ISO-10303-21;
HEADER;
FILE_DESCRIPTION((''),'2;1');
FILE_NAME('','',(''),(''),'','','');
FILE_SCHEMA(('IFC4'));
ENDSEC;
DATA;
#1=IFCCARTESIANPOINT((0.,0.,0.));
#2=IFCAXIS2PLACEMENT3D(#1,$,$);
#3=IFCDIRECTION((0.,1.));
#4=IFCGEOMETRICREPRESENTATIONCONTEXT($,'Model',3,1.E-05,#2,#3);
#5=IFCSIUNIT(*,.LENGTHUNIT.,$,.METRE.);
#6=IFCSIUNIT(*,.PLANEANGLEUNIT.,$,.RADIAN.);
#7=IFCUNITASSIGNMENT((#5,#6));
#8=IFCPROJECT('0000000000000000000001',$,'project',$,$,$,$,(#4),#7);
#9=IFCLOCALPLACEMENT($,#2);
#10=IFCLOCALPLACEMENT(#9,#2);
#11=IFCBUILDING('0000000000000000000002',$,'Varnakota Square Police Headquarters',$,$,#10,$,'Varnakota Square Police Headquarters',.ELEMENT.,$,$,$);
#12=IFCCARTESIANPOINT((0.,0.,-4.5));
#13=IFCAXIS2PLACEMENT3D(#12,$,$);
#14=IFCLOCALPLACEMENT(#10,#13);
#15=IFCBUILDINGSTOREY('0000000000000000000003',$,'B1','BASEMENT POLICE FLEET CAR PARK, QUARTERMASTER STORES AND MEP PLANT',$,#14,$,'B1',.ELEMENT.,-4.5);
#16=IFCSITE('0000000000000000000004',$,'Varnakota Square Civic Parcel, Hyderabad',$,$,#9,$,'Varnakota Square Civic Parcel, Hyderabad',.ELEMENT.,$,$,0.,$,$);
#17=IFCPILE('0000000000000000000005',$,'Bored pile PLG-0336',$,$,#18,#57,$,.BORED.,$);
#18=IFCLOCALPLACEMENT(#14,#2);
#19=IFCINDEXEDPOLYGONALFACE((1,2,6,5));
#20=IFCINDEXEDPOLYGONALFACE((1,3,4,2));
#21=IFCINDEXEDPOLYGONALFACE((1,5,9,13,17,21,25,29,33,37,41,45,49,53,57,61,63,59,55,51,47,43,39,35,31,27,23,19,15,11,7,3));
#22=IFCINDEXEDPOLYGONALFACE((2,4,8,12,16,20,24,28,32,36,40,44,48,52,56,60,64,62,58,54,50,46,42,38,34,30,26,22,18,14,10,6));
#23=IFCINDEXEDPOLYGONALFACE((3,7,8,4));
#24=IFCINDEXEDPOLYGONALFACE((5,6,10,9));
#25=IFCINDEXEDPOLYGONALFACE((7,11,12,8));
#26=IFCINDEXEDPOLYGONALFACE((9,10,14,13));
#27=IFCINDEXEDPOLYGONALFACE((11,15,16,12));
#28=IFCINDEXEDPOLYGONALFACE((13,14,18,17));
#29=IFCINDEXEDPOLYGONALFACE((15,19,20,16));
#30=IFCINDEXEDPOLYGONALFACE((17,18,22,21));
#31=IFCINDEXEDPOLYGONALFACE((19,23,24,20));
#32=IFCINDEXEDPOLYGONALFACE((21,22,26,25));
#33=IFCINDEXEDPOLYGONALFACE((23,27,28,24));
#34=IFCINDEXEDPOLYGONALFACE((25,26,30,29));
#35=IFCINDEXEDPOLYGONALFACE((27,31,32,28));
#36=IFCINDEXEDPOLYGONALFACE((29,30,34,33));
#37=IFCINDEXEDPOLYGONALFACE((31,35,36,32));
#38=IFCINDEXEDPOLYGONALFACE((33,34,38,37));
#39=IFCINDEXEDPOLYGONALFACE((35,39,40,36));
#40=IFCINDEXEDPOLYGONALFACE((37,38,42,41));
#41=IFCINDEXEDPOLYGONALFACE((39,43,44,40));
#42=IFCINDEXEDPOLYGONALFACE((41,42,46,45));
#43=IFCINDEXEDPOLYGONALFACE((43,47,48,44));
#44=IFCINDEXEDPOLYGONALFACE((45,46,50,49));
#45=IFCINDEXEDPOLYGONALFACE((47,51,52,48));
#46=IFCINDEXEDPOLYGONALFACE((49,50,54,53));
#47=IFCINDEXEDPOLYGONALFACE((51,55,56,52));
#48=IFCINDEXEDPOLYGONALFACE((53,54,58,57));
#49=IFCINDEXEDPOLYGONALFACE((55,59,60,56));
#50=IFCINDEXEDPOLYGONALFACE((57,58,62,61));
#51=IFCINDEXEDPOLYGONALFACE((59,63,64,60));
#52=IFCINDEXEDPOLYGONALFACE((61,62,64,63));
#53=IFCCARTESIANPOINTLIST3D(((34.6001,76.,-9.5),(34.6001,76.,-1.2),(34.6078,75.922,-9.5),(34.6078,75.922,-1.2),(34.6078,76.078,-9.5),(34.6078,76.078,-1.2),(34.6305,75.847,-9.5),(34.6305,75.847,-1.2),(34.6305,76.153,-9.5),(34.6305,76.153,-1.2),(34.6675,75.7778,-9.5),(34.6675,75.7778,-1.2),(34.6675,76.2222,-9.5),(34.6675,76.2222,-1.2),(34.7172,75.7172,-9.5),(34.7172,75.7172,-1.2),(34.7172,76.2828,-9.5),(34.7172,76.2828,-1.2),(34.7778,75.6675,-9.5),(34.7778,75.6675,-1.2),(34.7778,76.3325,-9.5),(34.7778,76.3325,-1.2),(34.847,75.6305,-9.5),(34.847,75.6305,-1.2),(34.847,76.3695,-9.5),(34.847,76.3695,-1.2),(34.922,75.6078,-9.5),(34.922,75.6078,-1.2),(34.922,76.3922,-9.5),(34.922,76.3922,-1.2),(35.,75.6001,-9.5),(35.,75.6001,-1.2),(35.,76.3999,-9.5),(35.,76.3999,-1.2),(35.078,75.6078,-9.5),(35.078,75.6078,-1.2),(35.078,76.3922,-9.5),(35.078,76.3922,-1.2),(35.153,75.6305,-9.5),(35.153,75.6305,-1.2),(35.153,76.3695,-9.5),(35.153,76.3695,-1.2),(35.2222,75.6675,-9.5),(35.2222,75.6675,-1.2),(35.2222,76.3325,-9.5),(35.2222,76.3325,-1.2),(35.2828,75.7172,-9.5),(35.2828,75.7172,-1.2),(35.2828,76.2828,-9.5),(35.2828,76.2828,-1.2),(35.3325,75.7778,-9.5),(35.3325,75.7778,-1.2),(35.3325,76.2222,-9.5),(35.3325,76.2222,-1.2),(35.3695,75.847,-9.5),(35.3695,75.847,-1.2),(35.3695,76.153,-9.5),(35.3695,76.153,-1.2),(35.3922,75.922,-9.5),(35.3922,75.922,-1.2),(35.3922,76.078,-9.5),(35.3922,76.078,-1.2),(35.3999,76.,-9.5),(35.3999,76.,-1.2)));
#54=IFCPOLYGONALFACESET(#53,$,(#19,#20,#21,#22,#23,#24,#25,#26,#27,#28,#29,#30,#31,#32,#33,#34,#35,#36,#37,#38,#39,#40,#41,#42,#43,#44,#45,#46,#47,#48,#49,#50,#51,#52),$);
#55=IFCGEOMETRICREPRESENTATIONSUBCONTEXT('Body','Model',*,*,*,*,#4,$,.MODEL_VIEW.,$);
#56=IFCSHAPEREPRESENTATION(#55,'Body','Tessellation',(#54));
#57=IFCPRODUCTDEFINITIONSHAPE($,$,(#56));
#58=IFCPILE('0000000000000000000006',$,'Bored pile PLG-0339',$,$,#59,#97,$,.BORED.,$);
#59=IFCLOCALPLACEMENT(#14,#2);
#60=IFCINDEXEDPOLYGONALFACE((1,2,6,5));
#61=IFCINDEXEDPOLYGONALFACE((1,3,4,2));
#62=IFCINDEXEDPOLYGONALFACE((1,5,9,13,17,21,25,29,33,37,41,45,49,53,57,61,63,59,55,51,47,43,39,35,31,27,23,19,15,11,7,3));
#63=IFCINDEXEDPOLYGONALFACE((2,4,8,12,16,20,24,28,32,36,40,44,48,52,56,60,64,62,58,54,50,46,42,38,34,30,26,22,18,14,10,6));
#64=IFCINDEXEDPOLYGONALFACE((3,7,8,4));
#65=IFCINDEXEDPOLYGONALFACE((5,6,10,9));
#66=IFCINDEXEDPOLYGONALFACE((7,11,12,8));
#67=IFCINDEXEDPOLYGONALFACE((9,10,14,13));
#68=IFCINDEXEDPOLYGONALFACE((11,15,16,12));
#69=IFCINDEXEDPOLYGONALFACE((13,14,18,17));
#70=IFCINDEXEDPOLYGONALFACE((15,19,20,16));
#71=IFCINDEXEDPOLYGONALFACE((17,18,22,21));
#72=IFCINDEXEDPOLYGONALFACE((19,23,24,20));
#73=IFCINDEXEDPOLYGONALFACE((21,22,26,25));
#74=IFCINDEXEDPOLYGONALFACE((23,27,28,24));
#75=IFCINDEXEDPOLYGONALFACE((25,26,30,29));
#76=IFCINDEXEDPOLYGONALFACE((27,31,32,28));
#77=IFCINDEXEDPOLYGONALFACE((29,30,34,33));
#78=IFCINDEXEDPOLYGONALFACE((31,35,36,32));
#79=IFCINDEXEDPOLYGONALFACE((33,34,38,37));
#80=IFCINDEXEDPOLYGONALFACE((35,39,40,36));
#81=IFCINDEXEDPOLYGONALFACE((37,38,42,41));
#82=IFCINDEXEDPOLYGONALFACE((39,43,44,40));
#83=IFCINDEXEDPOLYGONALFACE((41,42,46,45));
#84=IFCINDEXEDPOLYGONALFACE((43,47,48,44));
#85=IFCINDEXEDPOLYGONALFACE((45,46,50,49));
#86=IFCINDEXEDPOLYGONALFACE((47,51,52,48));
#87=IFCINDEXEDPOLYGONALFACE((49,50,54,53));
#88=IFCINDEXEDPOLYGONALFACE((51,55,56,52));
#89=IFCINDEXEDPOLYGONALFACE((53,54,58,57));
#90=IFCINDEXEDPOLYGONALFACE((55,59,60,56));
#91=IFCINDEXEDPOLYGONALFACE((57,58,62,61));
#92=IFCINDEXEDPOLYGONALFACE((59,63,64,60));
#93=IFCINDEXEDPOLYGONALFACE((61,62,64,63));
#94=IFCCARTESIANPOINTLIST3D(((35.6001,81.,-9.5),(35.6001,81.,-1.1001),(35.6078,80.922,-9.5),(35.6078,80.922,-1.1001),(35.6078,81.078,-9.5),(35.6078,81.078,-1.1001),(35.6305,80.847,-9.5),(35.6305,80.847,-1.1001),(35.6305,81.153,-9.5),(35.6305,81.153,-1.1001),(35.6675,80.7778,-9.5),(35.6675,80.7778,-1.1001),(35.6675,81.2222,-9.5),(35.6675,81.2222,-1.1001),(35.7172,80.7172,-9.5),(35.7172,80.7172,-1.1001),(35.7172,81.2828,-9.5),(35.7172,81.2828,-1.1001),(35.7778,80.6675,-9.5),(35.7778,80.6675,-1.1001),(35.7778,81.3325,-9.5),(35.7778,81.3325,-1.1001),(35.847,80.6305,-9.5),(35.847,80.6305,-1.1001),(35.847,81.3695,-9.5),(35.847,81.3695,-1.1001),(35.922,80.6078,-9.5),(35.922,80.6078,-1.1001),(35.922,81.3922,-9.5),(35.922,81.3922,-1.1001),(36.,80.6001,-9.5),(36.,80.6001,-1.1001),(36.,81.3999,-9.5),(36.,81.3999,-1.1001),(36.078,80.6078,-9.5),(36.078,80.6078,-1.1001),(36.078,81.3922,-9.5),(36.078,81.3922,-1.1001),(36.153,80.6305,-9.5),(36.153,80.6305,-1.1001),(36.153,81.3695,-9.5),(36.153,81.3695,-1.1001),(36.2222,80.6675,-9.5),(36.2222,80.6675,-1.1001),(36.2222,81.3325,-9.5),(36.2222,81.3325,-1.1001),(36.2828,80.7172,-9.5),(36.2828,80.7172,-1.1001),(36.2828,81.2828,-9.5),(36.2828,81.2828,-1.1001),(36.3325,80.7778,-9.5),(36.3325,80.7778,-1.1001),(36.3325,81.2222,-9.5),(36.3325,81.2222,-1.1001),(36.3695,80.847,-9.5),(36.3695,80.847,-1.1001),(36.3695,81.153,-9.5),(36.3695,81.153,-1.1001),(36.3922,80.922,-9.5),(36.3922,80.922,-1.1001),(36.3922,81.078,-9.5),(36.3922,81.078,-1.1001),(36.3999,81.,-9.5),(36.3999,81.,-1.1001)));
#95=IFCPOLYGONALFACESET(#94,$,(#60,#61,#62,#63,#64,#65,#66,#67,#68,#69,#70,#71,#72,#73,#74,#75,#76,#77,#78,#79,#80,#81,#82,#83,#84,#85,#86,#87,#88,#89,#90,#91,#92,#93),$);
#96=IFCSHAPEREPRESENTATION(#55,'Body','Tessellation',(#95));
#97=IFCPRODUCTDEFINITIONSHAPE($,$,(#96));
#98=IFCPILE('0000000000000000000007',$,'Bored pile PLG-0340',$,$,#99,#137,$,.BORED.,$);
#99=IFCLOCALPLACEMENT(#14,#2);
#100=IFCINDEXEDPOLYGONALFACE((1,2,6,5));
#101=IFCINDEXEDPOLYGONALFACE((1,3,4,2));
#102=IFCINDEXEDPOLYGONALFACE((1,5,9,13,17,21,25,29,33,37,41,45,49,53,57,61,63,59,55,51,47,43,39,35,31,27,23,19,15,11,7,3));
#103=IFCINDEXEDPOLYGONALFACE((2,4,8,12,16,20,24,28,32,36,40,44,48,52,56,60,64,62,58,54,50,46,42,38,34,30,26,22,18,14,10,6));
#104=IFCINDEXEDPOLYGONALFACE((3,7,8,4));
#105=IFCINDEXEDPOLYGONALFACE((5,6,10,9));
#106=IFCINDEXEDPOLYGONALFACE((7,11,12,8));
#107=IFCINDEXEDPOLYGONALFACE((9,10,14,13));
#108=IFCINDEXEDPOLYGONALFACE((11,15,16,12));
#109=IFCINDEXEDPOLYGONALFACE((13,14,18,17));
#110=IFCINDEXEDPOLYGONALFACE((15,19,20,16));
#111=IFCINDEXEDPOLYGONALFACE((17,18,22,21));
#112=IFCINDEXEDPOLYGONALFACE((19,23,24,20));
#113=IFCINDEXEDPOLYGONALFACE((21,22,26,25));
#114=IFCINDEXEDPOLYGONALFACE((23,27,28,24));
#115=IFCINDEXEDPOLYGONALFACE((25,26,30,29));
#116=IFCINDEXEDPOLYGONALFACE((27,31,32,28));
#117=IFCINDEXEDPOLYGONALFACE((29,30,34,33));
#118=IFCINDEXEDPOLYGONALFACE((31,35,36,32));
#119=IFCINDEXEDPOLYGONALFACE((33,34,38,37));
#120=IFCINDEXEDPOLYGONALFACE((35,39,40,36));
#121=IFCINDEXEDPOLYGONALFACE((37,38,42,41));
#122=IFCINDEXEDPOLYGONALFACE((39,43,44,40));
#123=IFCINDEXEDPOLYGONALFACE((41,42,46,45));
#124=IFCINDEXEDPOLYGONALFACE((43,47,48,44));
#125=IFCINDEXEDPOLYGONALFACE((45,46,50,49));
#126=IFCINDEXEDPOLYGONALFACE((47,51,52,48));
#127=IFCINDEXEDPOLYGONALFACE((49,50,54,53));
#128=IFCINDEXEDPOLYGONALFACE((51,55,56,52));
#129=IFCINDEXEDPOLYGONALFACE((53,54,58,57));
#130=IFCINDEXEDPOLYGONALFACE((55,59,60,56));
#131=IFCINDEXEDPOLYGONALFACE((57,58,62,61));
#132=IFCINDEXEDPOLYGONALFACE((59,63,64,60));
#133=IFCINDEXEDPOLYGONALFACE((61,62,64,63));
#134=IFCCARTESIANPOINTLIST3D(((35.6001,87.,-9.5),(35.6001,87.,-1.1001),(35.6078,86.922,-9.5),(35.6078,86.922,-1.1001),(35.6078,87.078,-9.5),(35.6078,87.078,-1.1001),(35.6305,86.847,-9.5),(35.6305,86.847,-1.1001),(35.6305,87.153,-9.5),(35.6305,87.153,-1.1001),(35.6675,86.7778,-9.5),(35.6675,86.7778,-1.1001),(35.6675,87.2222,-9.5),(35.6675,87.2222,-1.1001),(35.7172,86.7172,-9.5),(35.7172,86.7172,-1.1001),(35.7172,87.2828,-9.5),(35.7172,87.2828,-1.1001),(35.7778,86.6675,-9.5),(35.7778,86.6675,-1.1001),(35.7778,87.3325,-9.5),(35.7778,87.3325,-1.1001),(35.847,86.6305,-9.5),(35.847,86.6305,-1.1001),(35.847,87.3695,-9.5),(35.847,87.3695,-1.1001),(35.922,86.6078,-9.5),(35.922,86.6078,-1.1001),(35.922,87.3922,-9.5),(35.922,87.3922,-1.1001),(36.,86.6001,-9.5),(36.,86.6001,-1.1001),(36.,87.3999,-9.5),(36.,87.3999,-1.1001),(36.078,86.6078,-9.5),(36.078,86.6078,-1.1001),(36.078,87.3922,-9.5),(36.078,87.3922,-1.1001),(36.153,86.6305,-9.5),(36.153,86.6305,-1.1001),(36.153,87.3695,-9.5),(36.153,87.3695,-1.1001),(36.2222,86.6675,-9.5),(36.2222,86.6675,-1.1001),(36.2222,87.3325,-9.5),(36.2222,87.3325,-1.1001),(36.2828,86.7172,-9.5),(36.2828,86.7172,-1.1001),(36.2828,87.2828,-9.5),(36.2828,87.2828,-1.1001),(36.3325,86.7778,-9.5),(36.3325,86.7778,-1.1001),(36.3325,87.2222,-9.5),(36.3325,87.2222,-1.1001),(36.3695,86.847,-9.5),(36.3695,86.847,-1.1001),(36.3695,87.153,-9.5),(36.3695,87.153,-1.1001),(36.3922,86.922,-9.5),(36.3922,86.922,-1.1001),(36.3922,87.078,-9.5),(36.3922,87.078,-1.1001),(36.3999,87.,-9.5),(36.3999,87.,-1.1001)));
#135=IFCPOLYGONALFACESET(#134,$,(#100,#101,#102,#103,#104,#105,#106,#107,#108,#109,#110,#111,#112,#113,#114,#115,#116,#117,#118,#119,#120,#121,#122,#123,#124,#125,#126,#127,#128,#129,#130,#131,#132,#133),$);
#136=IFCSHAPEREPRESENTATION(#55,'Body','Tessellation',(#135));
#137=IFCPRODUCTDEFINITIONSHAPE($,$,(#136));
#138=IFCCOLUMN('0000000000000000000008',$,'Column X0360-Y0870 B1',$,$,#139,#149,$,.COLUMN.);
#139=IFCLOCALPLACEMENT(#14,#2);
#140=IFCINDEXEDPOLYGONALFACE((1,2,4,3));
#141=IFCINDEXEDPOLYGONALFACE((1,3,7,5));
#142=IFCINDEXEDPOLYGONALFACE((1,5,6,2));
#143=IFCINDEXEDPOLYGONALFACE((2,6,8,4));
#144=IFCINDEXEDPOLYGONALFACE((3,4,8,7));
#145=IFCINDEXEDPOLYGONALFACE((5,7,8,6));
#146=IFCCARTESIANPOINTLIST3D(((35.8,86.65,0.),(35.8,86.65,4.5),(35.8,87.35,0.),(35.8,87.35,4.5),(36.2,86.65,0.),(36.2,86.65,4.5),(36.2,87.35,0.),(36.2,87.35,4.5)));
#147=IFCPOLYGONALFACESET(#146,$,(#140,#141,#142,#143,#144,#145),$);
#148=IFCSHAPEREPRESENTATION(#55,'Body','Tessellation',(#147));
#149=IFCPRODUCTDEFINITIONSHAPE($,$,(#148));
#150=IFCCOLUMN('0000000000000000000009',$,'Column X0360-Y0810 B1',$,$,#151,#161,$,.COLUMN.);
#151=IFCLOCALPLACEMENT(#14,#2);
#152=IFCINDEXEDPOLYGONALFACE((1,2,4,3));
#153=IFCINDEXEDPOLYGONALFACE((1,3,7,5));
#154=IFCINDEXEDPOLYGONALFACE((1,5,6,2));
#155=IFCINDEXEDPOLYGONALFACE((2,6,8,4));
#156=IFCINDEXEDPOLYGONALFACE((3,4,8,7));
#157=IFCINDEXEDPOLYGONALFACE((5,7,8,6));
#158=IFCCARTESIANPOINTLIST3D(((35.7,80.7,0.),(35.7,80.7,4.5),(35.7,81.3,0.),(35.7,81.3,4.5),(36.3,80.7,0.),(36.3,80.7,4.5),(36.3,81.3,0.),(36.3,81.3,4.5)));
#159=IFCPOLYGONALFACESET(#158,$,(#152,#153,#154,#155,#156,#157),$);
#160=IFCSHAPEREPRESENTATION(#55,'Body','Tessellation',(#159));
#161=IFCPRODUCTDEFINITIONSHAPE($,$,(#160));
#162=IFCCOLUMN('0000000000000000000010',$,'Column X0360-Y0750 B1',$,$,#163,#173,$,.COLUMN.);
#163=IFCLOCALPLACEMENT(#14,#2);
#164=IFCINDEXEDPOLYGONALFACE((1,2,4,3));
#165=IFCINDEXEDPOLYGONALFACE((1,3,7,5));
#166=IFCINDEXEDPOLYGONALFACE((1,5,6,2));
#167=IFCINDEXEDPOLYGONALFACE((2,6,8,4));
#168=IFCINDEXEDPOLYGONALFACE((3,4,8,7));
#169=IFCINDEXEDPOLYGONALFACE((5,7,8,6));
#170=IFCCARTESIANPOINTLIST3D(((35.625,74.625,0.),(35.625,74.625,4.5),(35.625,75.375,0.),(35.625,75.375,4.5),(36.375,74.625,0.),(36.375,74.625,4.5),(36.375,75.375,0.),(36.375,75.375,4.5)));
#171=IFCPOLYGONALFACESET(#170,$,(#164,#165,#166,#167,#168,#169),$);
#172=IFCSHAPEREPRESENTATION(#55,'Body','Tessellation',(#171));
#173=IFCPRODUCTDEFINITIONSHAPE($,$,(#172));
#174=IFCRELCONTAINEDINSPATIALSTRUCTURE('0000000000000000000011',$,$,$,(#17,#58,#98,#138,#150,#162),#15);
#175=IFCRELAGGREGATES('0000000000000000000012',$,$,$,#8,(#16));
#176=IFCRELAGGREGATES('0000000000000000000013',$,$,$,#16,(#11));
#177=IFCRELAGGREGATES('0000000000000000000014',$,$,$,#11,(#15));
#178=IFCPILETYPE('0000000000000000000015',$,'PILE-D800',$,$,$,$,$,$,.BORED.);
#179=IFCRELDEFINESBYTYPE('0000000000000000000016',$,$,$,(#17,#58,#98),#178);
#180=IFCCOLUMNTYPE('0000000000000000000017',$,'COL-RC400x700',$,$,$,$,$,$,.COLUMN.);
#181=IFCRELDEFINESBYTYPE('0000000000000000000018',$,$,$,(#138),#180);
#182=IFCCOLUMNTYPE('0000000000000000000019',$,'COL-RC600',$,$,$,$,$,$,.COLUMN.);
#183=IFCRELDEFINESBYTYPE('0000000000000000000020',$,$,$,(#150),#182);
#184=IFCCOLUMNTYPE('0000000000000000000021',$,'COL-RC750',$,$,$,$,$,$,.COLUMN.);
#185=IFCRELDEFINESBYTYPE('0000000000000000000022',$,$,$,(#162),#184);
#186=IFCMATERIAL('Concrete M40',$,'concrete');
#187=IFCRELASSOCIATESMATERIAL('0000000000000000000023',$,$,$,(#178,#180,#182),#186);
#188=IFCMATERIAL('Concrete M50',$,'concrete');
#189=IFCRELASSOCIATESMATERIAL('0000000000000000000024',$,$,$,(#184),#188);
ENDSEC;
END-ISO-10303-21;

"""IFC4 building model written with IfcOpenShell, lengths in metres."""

from ifc_helpers import new_model, si_unit, direction, frame, origin, origin_2d, place, context, subcontext, project, spatial, rectangle, circle, extrude, material, material_profile, profile_set, type_object, element, save


model = new_model("IFC4")

# Units and contexts
model_context = context("Model", 3, precision=1e-05, world=origin(), true_north=direction((0.0, 1.0)))
body_context = subcontext(model_context, "Body", "Model", "MODEL_VIEW")
ifc_project = project(units=[si_unit("LENGTHUNIT", "METRE"), si_unit("PLANEANGLEUNIT", "RADIAN")], contexts=[model_context])

# Site, building, storey
site_placement = place(None, origin())
site = spatial("IfcSite", under=ifc_project, at=site_placement, Name="Varnakota Square Civic Parcel, Hyderabad", LongName="Varnakota Square Civic Parcel, Hyderabad", CompositionType="ELEMENT", RefElevation=0.0)
building_placement = place(site_placement, origin())
building = spatial("IfcBuilding", under=site, at=building_placement, Name="Varnakota Square Police Headquarters", LongName="Varnakota Square Police Headquarters", CompositionType="ELEMENT")
storey_placement = place(building_placement, frame((0.0, 0.0, -4.5)))
storey = spatial("IfcBuildingStorey", under=building, at=storey_placement, Name="B1", Description="BASEMENT POLICE FLEET CAR PARK, QUARTERMASTER STORES AND MEP PLANT", LongName="B1", CompositionType="ELEMENT", Elevation=-4.5)

# Shared definitions
ifc_material_1 = material(Name="Concrete M40", Category="concrete")

# Piles
ifc_material_profile_1 = material_profile(ifc_material_1, circle(Radius=0.3999, at=origin_2d()), Name="BORED PILE 800")
ifc_profile_set_1 = profile_set([ifc_material_profile_1], Name="Concrete M40")
pile_type = type_object("IfcPileType", Name="PILE-D800", PredefinedType="BORED", material=ifc_profile_set_1)
for number, where, z_axis, x_axis, name in (
    (1, (35.0, 76.0, -1.2), (0.0, 0.0, -1.0), (1.0, 0.0, 0.0), "Bored pile PLG-0336"),
):
    element("IfcPile", number, at=place(storey_placement, frame(where, z_axis=z_axis, x_axis=x_axis)), inside=storey, type_object=pile_type, Name=name, PredefinedType="BORED", context=body_context, shape_type="SweptSolid", body=[
        extrude(circle(Radius=0.3999, at=origin_2d()), origin(), (0.0, 0.0, 1.0), 8.3),
    ])
for number, where, z_axis, x_axis, name in (
    (2, (36.0, 81.0, -1.1001), (0.0, 0.0, -1.0), (1.0, 0.0, 0.0), "Bored pile PLG-0339"),
    (3, (36.0, 87.0, -1.1001), (0.0, 0.0, -1.0), (1.0, 0.0, 0.0), "Bored pile PLG-0340"),
):
    element("IfcPile", number, at=place(storey_placement, frame(where, z_axis=z_axis, x_axis=x_axis)), inside=storey, type_object=pile_type, Name=name, PredefinedType="BORED", context=body_context, shape_type="SweptSolid", body=[
        extrude(circle(Radius=0.3999, at=origin_2d()), origin(), (0.0, 0.0, 1.0), 8.3999),
    ])

# Columns
ifc_material_profile_2 = material_profile(ifc_material_1, rectangle(XDim=0.3999, YDim=0.7, at=origin_2d()), Name="RC 400x700")
ifc_profile_set_2 = profile_set([ifc_material_profile_2], Name="Concrete M40")
column_type_1 = type_object("IfcColumnType", Name="COL-RC400x700", PredefinedType="COLUMN", material=ifc_profile_set_2)
column_1_placement = place(storey_placement, frame((36.0, 87.0, 0.0), z_axis=(0.0, 0.0, 1.0), x_axis=(1.0, 0.0, 0.0)))
element("IfcColumn", 4, at=column_1_placement, inside=storey, type_object=column_type_1, Name="Column X0360-Y0870 B1", PredefinedType="COLUMN", context=body_context, shape_type="SweptSolid", body=[
    extrude(rectangle(XDim=0.3999, YDim=0.7, at=origin_2d()), origin(), (0.0, 0.0, 1.0), 4.5),
])
ifc_material_profile_3 = material_profile(ifc_material_1, rectangle(XDim=0.6001, YDim=0.6001, at=origin_2d()), Name="RC 600x600")
ifc_profile_set_3 = profile_set([ifc_material_profile_3], Name="Concrete M40")
column_type_2 = type_object("IfcColumnType", Name="COL-RC600", PredefinedType="COLUMN", material=ifc_profile_set_3)
column_2_placement = place(storey_placement, frame((36.0, 81.0, 0.0), z_axis=(0.0, 0.0, 1.0), x_axis=(1.0, 0.0, 0.0)))
element("IfcColumn", 5, at=column_2_placement, inside=storey, type_object=column_type_2, Name="Column X0360-Y0810 B1", PredefinedType="COLUMN", context=body_context, shape_type="SweptSolid", body=[
    extrude(rectangle(XDim=0.6001, YDim=0.6001, at=origin_2d()), origin(), (0.0, 0.0, 1.0), 4.5),
])
ifc_material_2 = material(Name="Concrete M50", Category="concrete")
ifc_material_profile_4 = material_profile(ifc_material_2, rectangle(XDim=0.75, YDim=0.75, at=origin_2d()), Name="RC 750x750")
ifc_profile_set_4 = profile_set([ifc_material_profile_4], Name="Concrete M50")
column_type_3 = type_object("IfcColumnType", Name="COL-RC750", PredefinedType="COLUMN", material=ifc_profile_set_4)
column_3_placement = place(storey_placement, frame((36.0, 75.0, 0.0), z_axis=(0.0, 0.0, 1.0), x_axis=(1.0, 0.0, 0.0)))
element("IfcColumn", 6, at=column_3_placement, inside=storey, type_object=column_type_3, Name="Column X0360-Y0750 B1", PredefinedType="COLUMN", context=body_context, shape_type="SweptSolid", body=[
    extrude(rectangle(XDim=0.75, YDim=0.75, at=origin_2d()), origin(), (0.0, 0.0, 1.0), 4.5),
])

save(model, "model.ifc")
